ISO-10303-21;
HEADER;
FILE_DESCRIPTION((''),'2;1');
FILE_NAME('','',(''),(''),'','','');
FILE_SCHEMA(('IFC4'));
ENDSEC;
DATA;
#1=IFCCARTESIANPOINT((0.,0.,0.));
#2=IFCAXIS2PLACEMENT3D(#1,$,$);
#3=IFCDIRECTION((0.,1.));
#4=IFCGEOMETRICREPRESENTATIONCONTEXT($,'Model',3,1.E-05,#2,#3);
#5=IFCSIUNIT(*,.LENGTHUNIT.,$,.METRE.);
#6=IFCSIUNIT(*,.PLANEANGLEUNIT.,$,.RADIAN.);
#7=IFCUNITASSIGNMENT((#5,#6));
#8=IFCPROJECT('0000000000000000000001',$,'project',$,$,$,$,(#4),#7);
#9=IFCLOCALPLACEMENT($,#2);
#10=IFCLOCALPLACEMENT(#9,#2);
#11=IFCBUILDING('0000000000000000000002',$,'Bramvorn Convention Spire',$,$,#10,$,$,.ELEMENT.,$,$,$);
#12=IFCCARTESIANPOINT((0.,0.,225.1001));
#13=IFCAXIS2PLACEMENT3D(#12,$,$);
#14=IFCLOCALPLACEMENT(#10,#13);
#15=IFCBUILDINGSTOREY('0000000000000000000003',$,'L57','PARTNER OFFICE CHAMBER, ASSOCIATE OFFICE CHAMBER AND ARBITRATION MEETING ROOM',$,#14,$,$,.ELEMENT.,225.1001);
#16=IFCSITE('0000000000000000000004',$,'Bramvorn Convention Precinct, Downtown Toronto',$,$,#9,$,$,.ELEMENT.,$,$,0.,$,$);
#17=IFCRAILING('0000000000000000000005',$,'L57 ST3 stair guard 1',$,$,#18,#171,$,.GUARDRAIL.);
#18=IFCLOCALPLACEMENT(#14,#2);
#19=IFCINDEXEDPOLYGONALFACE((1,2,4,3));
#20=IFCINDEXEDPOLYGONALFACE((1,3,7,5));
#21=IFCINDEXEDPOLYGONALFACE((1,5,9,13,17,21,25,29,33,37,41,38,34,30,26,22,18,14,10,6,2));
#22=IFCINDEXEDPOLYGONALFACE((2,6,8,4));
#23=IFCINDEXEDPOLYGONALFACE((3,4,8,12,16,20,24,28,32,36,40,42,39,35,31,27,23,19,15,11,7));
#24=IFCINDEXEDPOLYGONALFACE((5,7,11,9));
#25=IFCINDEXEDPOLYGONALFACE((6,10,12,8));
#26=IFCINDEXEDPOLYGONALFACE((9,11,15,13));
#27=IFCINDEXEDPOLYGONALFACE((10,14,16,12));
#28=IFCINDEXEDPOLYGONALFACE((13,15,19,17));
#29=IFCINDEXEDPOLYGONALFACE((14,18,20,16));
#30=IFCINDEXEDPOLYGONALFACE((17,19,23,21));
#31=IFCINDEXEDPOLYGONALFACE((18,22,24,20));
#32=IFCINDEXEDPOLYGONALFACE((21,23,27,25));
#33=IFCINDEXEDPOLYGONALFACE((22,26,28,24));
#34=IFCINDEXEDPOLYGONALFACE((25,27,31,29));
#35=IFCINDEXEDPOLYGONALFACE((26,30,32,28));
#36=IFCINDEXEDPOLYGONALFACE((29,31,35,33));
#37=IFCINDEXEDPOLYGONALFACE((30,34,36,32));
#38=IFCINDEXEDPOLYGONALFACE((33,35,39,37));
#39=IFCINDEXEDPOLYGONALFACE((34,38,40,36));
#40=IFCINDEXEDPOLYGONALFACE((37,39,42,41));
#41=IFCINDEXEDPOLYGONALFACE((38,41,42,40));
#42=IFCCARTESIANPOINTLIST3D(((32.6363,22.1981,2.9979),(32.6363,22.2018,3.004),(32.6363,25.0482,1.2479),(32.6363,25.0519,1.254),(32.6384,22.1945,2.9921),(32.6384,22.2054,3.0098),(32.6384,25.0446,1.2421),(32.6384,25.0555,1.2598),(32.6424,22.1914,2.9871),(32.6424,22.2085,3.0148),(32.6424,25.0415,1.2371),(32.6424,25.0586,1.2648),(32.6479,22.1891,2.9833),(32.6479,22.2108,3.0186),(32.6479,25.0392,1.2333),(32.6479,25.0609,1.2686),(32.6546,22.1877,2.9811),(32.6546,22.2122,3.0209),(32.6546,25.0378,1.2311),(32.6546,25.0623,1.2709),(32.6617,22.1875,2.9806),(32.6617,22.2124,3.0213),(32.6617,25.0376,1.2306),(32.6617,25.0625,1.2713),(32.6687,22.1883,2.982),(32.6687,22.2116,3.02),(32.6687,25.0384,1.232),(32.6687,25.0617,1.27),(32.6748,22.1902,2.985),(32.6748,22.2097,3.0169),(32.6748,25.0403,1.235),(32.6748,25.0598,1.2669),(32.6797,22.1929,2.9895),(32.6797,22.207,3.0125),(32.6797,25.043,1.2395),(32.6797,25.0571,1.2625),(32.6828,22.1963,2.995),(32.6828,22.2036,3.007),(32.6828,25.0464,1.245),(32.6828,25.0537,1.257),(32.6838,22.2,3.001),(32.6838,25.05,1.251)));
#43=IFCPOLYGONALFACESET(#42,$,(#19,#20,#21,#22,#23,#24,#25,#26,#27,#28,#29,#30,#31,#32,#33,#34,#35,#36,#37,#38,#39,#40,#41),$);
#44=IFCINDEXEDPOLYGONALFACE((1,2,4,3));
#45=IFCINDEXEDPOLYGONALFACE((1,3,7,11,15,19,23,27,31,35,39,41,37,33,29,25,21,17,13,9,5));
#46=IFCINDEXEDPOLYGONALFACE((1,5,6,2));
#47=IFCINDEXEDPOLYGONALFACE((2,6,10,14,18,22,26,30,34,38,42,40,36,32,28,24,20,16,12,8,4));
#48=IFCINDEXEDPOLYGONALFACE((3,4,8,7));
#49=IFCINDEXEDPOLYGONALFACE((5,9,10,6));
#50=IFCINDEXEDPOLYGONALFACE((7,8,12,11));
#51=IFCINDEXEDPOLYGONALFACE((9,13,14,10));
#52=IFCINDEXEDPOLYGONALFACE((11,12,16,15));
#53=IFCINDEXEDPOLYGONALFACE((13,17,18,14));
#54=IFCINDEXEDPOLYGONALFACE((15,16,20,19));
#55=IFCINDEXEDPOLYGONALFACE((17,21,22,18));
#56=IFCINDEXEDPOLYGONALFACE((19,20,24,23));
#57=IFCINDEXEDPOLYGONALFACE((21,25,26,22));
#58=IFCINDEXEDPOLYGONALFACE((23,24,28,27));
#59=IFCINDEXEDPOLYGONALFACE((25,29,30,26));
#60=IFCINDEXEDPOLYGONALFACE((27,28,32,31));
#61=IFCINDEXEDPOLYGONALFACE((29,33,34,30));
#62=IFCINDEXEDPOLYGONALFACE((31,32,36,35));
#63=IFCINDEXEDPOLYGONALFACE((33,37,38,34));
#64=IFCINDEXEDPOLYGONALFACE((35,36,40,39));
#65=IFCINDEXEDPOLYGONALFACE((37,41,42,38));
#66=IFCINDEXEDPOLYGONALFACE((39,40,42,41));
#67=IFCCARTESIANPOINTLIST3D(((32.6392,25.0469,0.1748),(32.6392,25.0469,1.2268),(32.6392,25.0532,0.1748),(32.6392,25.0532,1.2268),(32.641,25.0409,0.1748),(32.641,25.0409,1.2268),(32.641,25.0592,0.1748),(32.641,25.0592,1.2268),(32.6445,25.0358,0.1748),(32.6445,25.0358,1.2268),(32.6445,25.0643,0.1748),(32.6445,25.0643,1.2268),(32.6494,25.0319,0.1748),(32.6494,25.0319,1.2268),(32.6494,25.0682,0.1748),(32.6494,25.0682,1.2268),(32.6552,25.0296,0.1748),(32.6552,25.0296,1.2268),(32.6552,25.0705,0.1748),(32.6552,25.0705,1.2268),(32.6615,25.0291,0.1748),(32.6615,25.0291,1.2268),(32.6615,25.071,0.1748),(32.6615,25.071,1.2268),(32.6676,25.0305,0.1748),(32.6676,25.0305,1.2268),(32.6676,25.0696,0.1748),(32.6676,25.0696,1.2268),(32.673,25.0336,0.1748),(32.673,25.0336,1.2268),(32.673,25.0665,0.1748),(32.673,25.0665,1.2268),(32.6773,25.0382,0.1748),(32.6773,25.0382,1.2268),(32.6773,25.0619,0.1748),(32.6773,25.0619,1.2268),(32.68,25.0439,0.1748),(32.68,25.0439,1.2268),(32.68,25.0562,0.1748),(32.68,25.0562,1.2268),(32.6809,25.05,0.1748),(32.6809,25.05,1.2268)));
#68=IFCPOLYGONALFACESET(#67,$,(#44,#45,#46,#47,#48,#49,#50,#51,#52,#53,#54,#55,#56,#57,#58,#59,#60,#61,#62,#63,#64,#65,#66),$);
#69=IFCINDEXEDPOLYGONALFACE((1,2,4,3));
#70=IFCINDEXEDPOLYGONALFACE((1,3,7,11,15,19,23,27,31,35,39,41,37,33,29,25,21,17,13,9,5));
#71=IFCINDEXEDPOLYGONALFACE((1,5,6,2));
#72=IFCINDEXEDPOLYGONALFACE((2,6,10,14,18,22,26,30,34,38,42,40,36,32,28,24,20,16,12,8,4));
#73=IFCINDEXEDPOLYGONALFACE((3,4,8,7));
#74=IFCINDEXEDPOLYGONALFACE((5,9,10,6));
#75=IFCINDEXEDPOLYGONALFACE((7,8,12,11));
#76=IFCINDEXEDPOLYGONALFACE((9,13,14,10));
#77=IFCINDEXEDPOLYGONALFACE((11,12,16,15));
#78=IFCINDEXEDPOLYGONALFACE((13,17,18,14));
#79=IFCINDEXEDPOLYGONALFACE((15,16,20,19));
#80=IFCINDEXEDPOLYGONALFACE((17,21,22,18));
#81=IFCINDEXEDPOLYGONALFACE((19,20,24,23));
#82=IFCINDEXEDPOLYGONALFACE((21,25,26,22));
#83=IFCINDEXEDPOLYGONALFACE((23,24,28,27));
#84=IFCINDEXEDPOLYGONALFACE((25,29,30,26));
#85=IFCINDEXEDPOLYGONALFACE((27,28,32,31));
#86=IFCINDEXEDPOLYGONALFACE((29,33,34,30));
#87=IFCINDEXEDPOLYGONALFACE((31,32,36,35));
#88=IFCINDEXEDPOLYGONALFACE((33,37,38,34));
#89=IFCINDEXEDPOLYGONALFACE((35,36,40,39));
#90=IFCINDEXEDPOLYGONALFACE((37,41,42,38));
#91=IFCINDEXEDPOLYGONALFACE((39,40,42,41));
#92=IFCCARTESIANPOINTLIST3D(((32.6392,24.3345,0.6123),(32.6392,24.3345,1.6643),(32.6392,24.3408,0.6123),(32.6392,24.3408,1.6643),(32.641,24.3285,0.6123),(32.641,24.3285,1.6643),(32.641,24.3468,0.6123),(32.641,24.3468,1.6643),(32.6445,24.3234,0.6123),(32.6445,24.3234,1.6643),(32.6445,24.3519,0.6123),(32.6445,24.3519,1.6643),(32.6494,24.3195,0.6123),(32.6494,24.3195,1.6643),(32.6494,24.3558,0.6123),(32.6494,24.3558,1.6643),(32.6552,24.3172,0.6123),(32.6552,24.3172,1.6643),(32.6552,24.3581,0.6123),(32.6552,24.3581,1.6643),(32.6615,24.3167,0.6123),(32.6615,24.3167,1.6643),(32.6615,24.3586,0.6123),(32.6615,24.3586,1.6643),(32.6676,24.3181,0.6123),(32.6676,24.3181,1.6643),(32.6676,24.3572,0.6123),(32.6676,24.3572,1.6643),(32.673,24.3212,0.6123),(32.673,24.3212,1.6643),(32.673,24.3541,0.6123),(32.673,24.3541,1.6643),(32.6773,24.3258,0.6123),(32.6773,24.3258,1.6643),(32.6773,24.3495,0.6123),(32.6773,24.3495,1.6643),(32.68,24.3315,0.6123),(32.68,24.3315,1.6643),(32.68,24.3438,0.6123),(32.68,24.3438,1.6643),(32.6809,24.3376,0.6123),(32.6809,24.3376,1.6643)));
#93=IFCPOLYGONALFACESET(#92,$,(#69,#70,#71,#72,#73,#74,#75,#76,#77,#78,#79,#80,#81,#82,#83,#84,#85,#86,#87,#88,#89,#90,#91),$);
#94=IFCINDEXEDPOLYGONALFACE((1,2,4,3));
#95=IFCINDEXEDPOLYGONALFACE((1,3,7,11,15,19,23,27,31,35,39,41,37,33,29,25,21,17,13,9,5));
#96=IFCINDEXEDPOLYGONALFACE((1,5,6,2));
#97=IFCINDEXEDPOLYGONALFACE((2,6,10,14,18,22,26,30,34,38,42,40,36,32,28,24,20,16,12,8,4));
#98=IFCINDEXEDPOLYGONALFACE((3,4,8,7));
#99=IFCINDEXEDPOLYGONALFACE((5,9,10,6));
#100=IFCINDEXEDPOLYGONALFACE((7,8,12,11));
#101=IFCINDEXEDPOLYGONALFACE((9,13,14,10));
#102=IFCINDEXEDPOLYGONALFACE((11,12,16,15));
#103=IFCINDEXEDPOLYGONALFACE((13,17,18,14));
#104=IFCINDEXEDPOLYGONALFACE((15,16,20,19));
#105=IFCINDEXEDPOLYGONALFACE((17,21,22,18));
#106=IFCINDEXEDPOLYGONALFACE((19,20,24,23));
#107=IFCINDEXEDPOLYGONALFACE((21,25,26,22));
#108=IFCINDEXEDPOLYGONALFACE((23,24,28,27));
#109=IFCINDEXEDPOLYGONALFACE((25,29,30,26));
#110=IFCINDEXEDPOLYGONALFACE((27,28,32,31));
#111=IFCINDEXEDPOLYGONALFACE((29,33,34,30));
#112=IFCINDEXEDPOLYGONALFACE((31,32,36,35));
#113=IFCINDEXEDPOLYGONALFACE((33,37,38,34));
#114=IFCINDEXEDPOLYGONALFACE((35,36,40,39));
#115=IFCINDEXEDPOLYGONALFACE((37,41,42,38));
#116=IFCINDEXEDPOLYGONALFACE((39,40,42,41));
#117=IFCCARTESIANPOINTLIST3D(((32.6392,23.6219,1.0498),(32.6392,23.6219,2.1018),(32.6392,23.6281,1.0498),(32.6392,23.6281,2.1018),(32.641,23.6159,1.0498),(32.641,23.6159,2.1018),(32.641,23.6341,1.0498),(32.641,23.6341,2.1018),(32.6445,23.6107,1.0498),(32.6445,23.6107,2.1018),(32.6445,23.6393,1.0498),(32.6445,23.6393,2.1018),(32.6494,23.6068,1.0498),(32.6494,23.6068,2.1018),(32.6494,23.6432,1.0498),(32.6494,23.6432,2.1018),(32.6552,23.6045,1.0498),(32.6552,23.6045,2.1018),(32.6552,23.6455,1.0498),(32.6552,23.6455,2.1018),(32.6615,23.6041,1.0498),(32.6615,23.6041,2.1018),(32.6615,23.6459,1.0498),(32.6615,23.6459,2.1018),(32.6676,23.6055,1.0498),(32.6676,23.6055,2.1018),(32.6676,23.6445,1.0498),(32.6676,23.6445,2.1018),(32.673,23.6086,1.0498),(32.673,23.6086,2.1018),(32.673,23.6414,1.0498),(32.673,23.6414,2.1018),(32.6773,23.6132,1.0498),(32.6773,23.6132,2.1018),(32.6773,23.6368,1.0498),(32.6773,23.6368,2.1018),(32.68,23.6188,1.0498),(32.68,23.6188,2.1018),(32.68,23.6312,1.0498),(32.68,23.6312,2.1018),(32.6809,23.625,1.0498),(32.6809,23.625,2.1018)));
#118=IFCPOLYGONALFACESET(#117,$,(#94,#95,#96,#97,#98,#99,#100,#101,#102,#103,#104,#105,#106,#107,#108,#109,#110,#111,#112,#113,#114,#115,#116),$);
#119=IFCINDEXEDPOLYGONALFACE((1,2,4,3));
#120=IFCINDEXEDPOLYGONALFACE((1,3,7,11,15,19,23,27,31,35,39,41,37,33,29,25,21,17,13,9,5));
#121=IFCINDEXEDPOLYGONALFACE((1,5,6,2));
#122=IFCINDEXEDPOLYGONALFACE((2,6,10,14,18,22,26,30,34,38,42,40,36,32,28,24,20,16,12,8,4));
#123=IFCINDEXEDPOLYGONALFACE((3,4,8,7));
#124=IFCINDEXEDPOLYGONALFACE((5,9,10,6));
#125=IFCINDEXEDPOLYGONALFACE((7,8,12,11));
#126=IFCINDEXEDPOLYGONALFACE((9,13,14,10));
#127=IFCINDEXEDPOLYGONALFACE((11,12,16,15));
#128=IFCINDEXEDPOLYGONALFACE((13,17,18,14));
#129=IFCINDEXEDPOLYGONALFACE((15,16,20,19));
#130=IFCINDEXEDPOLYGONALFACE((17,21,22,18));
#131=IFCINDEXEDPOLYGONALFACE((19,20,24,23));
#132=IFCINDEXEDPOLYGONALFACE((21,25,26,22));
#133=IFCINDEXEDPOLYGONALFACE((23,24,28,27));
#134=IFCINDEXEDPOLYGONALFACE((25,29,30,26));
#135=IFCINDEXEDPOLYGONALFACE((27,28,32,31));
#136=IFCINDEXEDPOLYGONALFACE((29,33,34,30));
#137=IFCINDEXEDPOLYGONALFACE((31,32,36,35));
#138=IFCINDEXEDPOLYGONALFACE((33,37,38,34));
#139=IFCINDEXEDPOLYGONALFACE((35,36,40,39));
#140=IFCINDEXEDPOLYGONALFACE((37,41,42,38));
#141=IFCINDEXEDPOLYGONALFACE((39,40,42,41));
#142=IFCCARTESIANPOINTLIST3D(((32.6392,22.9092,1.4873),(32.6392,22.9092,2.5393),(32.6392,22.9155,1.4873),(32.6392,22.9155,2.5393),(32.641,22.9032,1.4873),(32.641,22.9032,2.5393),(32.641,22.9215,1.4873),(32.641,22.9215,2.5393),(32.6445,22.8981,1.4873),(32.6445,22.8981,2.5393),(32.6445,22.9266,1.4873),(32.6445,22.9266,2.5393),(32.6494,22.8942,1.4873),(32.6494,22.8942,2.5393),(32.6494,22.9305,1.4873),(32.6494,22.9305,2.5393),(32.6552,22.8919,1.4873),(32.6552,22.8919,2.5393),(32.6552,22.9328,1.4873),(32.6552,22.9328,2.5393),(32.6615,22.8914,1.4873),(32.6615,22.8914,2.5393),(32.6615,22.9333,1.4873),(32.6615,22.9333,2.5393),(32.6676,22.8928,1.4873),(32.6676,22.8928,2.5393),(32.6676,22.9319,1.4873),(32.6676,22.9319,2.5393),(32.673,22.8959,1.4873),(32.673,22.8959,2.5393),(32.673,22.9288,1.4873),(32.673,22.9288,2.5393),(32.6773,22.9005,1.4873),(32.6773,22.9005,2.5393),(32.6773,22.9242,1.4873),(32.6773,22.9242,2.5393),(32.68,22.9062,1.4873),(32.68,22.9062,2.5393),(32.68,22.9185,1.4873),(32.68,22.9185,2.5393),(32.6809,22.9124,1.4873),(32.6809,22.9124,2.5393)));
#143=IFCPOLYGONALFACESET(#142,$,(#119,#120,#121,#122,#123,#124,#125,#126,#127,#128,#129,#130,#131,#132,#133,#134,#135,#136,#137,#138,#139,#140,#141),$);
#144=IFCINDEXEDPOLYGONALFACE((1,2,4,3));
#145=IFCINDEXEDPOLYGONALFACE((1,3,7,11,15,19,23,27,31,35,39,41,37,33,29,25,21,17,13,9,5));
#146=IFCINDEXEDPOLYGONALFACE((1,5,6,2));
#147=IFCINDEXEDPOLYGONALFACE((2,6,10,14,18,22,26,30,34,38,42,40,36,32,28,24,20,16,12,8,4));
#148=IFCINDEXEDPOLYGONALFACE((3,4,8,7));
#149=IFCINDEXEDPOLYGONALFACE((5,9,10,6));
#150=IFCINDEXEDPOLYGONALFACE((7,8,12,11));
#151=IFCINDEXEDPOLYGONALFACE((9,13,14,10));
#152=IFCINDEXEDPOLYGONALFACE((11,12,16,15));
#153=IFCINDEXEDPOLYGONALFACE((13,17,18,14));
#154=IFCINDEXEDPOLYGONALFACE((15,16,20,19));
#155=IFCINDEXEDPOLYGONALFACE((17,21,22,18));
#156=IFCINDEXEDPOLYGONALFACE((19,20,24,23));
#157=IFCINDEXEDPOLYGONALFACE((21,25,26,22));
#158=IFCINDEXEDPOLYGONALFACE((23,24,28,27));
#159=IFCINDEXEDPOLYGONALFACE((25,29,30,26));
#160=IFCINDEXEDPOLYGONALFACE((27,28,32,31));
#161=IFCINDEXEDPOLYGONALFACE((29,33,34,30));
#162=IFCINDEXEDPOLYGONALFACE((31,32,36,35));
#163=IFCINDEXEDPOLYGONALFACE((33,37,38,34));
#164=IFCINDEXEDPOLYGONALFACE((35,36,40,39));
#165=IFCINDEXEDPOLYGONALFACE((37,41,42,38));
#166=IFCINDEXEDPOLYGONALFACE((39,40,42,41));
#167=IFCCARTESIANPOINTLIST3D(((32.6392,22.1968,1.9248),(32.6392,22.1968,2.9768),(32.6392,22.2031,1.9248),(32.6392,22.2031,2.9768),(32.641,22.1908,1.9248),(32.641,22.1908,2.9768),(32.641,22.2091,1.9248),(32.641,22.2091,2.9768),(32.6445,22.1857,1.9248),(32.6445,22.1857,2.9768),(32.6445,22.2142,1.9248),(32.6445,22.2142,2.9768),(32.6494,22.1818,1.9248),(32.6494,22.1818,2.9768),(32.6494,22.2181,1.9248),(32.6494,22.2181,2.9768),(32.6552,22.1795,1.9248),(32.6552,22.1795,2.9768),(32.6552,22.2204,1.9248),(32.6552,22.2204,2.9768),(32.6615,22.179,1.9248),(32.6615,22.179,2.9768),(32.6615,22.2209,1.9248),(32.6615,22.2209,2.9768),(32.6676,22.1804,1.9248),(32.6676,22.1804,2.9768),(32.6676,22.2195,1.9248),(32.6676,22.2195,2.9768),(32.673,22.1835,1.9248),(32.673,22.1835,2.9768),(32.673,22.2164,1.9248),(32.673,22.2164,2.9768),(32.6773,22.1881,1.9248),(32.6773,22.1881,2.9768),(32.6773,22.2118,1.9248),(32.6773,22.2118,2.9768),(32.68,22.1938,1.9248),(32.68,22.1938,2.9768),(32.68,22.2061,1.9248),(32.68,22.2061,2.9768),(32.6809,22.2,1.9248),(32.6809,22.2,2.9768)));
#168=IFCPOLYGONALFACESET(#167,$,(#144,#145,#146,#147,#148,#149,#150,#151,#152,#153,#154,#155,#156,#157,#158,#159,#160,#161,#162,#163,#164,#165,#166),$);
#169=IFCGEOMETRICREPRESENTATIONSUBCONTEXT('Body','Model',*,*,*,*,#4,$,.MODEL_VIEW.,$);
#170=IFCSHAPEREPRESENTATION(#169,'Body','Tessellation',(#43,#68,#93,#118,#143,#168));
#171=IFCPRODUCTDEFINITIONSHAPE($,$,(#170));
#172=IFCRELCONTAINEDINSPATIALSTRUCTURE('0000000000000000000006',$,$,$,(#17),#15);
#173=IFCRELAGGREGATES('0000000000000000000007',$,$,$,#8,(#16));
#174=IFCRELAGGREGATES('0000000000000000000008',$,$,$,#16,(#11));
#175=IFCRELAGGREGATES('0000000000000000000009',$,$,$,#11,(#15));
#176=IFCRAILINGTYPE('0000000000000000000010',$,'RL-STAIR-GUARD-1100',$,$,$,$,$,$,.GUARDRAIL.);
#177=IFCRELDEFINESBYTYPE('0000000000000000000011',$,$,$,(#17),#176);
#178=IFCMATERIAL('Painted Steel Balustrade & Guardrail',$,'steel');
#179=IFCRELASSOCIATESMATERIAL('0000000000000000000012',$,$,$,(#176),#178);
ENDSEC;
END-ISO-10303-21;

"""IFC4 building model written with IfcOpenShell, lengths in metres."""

from ifc_helpers import new_model, si_unit, direction, frame, origin, origin_2d, place, context, subcontext, project, spatial, circle, extrude, material, type_object, element, save


model = new_model("IFC4")

# Units and contexts
model_context = context("Model", 3, precision=1e-05, world=origin(), true_north=direction((0.0, 1.0)))
body_context = subcontext(model_context, "Body", "Model", "MODEL_VIEW")
ifc_project = project(units=[si_unit("LENGTHUNIT", "METRE"), si_unit("PLANEANGLEUNIT", "RADIAN")], contexts=[model_context])

# Site, building, storey
site_placement = place(None, origin())
site = spatial("IfcSite", under=ifc_project, at=site_placement, Name="Bramvorn Convention Precinct, Downtown Toronto", CompositionType="ELEMENT", RefElevation=0.0)
building_placement = place(site_placement, origin())
building = spatial("IfcBuilding", under=site, at=building_placement, Name="Bramvorn Convention Spire", CompositionType="ELEMENT")
storey_placement = place(building_placement, frame((0.0, 0.0, 225.1001)))
storey = spatial("IfcBuildingStorey", under=building, at=storey_placement, Name="L57", Description="PARTNER OFFICE CHAMBER, ASSOCIATE OFFICE CHAMBER AND ARBITRATION MEETING ROOM", CompositionType="ELEMENT", Elevation=225.1001)

# Railing
ifc_material_1 = material(Name="Painted Steel Balustrade & Guardrail", Category="steel")
railing_type_1 = type_object("IfcRailingType", Name="RL-STAIR-GUARD-1100", PredefinedType="GUARDRAIL", material=ifc_material_1)
railing_1_placement = place(storey_placement, frame((32.6599, 25.05, 0.1748)))
element("IfcRailing", 1, at=railing_1_placement, inside=storey, type_object=railing_type_1, Name="L57 ST3 stair guard 1", PredefinedType="GUARDRAIL", context=body_context, shape_type="SweptSolid", body=[
    extrude(circle(Radius=0.0239, at=origin_2d()), frame((0.0, 0.0, 1.0762), z_axis=(0.0, -0.852179, 0.52325), x_axis=(1.0, 0.0, 0.0)), (0.0, 0.0, 1.0), 3.3445),
    extrude(circle(Radius=0.021, at=origin_2d()), origin(), (0.0, 0.0, 1.0), 1.052),
    extrude(circle(Radius=0.021, at=origin_2d()), frame((0.0, -0.7124, 0.4375)), (0.0, 0.0, 1.0), 1.052),
    extrude(circle(Radius=0.021, at=origin_2d()), frame((0.0, -1.425, 0.875)), (0.0, 0.0, 1.0), 1.052),
    extrude(circle(Radius=0.021, at=origin_2d()), frame((0.0, -2.1377, 1.3125)), (0.0, 0.0, 1.0), 1.052),
    extrude(circle(Radius=0.021, at=origin_2d()), frame((0.0, -2.8501, 1.75)), (0.0, 0.0, 1.0), 1.052),
])

save(model, "model.ifc")
